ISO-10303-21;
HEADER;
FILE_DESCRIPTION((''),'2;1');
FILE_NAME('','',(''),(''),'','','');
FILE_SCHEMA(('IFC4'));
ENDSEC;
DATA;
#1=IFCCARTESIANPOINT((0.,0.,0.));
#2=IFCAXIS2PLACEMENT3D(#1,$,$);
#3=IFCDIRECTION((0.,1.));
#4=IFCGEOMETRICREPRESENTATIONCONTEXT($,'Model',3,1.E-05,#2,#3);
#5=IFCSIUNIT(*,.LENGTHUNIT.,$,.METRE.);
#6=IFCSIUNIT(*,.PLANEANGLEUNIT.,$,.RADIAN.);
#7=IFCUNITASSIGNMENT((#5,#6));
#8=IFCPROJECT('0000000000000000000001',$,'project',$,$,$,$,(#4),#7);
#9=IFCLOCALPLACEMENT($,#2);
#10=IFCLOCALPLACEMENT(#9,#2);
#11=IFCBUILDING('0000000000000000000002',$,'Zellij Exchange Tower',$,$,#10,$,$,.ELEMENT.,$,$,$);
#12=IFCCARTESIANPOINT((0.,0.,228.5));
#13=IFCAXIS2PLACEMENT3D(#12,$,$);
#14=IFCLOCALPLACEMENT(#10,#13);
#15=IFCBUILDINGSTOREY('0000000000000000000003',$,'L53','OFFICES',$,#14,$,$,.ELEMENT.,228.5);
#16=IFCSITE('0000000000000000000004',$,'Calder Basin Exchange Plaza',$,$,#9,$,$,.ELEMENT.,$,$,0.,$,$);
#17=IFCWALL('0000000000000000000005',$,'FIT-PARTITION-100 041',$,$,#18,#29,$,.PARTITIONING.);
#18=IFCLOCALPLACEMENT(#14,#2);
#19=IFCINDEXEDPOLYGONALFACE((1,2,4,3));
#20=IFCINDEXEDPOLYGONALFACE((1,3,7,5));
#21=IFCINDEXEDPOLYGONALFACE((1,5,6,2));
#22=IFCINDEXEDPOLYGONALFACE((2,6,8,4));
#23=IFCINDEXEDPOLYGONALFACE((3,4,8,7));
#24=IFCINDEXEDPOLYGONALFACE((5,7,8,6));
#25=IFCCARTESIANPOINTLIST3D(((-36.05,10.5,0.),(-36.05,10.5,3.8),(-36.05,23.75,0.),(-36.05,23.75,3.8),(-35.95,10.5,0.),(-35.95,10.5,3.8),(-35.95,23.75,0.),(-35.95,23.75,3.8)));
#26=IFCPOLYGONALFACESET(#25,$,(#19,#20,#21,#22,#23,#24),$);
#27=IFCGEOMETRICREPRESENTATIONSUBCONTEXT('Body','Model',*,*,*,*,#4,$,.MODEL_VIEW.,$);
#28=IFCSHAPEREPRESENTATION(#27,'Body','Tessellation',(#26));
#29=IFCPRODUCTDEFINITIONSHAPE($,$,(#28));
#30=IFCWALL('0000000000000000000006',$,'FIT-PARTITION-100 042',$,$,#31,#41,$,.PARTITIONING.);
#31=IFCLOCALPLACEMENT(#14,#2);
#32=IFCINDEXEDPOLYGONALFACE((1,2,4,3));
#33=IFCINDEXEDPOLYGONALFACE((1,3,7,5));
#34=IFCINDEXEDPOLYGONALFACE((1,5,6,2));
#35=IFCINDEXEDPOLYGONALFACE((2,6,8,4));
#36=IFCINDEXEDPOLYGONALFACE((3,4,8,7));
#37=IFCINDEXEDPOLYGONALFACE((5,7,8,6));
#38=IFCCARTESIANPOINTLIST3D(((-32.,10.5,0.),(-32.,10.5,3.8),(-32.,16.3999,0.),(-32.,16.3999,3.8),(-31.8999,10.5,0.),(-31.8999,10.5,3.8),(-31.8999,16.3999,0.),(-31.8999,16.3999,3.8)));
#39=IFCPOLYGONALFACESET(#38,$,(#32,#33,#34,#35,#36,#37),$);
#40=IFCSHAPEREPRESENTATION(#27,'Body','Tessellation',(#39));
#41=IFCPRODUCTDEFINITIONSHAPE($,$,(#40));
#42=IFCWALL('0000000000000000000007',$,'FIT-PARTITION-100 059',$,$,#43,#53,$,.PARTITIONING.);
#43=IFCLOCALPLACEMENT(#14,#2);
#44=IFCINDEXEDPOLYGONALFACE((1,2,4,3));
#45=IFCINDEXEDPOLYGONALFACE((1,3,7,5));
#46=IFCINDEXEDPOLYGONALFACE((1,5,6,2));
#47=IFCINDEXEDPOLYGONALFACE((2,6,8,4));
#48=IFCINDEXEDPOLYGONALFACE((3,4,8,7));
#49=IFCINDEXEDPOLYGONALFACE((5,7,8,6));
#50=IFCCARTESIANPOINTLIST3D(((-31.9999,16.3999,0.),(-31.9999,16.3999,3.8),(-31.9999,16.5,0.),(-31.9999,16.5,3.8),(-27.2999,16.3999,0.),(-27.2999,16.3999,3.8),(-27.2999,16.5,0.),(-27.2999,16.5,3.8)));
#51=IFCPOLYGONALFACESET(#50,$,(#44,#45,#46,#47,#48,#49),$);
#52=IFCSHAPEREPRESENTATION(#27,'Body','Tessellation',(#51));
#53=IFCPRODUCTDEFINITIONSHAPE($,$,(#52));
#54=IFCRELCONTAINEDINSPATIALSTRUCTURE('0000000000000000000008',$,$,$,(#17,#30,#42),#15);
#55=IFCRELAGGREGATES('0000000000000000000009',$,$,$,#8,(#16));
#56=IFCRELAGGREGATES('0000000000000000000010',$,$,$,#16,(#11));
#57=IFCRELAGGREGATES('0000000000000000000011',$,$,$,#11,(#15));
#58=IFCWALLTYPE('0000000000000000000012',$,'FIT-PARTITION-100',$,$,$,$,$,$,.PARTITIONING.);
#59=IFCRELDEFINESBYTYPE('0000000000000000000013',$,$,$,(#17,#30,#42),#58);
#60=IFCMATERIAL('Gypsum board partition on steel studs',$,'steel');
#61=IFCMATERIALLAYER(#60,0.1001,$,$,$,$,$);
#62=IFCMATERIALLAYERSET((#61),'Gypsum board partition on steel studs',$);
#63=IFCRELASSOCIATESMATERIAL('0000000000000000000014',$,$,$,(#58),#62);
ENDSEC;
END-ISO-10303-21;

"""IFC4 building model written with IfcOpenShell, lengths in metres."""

from ifc_helpers import new_model, si_unit, direction, frame, frame_2d, origin, place, context, subcontext, project, spatial, rectangle, extrude, material, layer, layer_set, type_object, element, save


model = new_model("IFC4")

# Units and contexts
model_context = context("Model", 3, precision=1e-05, world=origin(), true_north=direction((0.0, 1.0)))
body_context = subcontext(model_context, "Body", "Model", "MODEL_VIEW")
ifc_project = project(units=[si_unit("LENGTHUNIT", "METRE"), si_unit("PLANEANGLEUNIT", "RADIAN")], contexts=[model_context])

# Site, building, storey
site_placement = place(None, origin())
site = spatial("IfcSite", under=ifc_project, at=site_placement, Name="Calder Basin Exchange Plaza", CompositionType="ELEMENT", RefElevation=0.0)
building_placement = place(site_placement, origin())
building = spatial("IfcBuilding", under=site, at=building_placement, Name="Zellij Exchange Tower", CompositionType="ELEMENT")
storey_placement = place(building_placement, frame((0.0, 0.0, 228.5)))
storey = spatial("IfcBuildingStorey", under=building, at=storey_placement, Name="L53", Description="OFFICES", CompositionType="ELEMENT", Elevation=228.5)

# Shared definitions
ifc_material_1 = material(Name="Gypsum board partition on steel studs", Category="steel")
ifc_layer_1 = layer(ifc_material_1, 0.1001)
ifc_layer_set_1 = layer_set([ifc_layer_1], Name="Gypsum board partition on steel studs")
wall_type_1 = type_object("IfcWallType", Name="FIT-PARTITION-100", PredefinedType="PARTITIONING", material=ifc_layer_set_1)

# Walls
wall_1_placement = place(storey_placement, frame((-36.0, 10.5, 0.0), z_axis=(0.0, 0.0, 1.0), x_axis=(0.0, 1.0, 0.0)))
element("IfcWall", 1, at=wall_1_placement, inside=storey, type_object=wall_type_1, Name="FIT-PARTITION-100 041", PredefinedType="PARTITIONING", context=body_context, shape_type="SweptSolid", body=[
    extrude(rectangle(XDim=13.25, YDim=0.1001, at=frame_2d((6.625, 0.0))), origin(), (0.0, 0.0, 1.0), 3.8),
])
wall_2_placement = place(storey_placement, frame((-31.95, 10.5, 0.0), z_axis=(0.0, 0.0, 1.0), x_axis=(0.0, 1.0, 0.0)))
element("IfcWall", 2, at=wall_2_placement, inside=storey, type_object=wall_type_1, Name="FIT-PARTITION-100 042", PredefinedType="PARTITIONING", context=body_context, shape_type="SweptSolid", body=[
    extrude(rectangle(XDim=5.8999, YDim=0.1001, at=frame_2d((2.95, 0.0))), origin(), (0.0, 0.0, 1.0), 3.8),
])
wall_3_placement = place(storey_placement, frame((-32.0, 16.45, 0.0), z_axis=(0.0, 0.0, 1.0), x_axis=(1.0, 0.0, 0.0)))
element("IfcWall", 3, at=wall_3_placement, inside=storey, type_object=wall_type_1, Name="FIT-PARTITION-100 059", PredefinedType="PARTITIONING", context=body_context, shape_type="SweptSolid", body=[
    extrude(rectangle(XDim=4.7, YDim=0.1001, at=frame_2d((2.3501, 0.0))), origin(), (0.0, 0.0, 1.0), 3.8),
])

save(model, "model.ifc")
